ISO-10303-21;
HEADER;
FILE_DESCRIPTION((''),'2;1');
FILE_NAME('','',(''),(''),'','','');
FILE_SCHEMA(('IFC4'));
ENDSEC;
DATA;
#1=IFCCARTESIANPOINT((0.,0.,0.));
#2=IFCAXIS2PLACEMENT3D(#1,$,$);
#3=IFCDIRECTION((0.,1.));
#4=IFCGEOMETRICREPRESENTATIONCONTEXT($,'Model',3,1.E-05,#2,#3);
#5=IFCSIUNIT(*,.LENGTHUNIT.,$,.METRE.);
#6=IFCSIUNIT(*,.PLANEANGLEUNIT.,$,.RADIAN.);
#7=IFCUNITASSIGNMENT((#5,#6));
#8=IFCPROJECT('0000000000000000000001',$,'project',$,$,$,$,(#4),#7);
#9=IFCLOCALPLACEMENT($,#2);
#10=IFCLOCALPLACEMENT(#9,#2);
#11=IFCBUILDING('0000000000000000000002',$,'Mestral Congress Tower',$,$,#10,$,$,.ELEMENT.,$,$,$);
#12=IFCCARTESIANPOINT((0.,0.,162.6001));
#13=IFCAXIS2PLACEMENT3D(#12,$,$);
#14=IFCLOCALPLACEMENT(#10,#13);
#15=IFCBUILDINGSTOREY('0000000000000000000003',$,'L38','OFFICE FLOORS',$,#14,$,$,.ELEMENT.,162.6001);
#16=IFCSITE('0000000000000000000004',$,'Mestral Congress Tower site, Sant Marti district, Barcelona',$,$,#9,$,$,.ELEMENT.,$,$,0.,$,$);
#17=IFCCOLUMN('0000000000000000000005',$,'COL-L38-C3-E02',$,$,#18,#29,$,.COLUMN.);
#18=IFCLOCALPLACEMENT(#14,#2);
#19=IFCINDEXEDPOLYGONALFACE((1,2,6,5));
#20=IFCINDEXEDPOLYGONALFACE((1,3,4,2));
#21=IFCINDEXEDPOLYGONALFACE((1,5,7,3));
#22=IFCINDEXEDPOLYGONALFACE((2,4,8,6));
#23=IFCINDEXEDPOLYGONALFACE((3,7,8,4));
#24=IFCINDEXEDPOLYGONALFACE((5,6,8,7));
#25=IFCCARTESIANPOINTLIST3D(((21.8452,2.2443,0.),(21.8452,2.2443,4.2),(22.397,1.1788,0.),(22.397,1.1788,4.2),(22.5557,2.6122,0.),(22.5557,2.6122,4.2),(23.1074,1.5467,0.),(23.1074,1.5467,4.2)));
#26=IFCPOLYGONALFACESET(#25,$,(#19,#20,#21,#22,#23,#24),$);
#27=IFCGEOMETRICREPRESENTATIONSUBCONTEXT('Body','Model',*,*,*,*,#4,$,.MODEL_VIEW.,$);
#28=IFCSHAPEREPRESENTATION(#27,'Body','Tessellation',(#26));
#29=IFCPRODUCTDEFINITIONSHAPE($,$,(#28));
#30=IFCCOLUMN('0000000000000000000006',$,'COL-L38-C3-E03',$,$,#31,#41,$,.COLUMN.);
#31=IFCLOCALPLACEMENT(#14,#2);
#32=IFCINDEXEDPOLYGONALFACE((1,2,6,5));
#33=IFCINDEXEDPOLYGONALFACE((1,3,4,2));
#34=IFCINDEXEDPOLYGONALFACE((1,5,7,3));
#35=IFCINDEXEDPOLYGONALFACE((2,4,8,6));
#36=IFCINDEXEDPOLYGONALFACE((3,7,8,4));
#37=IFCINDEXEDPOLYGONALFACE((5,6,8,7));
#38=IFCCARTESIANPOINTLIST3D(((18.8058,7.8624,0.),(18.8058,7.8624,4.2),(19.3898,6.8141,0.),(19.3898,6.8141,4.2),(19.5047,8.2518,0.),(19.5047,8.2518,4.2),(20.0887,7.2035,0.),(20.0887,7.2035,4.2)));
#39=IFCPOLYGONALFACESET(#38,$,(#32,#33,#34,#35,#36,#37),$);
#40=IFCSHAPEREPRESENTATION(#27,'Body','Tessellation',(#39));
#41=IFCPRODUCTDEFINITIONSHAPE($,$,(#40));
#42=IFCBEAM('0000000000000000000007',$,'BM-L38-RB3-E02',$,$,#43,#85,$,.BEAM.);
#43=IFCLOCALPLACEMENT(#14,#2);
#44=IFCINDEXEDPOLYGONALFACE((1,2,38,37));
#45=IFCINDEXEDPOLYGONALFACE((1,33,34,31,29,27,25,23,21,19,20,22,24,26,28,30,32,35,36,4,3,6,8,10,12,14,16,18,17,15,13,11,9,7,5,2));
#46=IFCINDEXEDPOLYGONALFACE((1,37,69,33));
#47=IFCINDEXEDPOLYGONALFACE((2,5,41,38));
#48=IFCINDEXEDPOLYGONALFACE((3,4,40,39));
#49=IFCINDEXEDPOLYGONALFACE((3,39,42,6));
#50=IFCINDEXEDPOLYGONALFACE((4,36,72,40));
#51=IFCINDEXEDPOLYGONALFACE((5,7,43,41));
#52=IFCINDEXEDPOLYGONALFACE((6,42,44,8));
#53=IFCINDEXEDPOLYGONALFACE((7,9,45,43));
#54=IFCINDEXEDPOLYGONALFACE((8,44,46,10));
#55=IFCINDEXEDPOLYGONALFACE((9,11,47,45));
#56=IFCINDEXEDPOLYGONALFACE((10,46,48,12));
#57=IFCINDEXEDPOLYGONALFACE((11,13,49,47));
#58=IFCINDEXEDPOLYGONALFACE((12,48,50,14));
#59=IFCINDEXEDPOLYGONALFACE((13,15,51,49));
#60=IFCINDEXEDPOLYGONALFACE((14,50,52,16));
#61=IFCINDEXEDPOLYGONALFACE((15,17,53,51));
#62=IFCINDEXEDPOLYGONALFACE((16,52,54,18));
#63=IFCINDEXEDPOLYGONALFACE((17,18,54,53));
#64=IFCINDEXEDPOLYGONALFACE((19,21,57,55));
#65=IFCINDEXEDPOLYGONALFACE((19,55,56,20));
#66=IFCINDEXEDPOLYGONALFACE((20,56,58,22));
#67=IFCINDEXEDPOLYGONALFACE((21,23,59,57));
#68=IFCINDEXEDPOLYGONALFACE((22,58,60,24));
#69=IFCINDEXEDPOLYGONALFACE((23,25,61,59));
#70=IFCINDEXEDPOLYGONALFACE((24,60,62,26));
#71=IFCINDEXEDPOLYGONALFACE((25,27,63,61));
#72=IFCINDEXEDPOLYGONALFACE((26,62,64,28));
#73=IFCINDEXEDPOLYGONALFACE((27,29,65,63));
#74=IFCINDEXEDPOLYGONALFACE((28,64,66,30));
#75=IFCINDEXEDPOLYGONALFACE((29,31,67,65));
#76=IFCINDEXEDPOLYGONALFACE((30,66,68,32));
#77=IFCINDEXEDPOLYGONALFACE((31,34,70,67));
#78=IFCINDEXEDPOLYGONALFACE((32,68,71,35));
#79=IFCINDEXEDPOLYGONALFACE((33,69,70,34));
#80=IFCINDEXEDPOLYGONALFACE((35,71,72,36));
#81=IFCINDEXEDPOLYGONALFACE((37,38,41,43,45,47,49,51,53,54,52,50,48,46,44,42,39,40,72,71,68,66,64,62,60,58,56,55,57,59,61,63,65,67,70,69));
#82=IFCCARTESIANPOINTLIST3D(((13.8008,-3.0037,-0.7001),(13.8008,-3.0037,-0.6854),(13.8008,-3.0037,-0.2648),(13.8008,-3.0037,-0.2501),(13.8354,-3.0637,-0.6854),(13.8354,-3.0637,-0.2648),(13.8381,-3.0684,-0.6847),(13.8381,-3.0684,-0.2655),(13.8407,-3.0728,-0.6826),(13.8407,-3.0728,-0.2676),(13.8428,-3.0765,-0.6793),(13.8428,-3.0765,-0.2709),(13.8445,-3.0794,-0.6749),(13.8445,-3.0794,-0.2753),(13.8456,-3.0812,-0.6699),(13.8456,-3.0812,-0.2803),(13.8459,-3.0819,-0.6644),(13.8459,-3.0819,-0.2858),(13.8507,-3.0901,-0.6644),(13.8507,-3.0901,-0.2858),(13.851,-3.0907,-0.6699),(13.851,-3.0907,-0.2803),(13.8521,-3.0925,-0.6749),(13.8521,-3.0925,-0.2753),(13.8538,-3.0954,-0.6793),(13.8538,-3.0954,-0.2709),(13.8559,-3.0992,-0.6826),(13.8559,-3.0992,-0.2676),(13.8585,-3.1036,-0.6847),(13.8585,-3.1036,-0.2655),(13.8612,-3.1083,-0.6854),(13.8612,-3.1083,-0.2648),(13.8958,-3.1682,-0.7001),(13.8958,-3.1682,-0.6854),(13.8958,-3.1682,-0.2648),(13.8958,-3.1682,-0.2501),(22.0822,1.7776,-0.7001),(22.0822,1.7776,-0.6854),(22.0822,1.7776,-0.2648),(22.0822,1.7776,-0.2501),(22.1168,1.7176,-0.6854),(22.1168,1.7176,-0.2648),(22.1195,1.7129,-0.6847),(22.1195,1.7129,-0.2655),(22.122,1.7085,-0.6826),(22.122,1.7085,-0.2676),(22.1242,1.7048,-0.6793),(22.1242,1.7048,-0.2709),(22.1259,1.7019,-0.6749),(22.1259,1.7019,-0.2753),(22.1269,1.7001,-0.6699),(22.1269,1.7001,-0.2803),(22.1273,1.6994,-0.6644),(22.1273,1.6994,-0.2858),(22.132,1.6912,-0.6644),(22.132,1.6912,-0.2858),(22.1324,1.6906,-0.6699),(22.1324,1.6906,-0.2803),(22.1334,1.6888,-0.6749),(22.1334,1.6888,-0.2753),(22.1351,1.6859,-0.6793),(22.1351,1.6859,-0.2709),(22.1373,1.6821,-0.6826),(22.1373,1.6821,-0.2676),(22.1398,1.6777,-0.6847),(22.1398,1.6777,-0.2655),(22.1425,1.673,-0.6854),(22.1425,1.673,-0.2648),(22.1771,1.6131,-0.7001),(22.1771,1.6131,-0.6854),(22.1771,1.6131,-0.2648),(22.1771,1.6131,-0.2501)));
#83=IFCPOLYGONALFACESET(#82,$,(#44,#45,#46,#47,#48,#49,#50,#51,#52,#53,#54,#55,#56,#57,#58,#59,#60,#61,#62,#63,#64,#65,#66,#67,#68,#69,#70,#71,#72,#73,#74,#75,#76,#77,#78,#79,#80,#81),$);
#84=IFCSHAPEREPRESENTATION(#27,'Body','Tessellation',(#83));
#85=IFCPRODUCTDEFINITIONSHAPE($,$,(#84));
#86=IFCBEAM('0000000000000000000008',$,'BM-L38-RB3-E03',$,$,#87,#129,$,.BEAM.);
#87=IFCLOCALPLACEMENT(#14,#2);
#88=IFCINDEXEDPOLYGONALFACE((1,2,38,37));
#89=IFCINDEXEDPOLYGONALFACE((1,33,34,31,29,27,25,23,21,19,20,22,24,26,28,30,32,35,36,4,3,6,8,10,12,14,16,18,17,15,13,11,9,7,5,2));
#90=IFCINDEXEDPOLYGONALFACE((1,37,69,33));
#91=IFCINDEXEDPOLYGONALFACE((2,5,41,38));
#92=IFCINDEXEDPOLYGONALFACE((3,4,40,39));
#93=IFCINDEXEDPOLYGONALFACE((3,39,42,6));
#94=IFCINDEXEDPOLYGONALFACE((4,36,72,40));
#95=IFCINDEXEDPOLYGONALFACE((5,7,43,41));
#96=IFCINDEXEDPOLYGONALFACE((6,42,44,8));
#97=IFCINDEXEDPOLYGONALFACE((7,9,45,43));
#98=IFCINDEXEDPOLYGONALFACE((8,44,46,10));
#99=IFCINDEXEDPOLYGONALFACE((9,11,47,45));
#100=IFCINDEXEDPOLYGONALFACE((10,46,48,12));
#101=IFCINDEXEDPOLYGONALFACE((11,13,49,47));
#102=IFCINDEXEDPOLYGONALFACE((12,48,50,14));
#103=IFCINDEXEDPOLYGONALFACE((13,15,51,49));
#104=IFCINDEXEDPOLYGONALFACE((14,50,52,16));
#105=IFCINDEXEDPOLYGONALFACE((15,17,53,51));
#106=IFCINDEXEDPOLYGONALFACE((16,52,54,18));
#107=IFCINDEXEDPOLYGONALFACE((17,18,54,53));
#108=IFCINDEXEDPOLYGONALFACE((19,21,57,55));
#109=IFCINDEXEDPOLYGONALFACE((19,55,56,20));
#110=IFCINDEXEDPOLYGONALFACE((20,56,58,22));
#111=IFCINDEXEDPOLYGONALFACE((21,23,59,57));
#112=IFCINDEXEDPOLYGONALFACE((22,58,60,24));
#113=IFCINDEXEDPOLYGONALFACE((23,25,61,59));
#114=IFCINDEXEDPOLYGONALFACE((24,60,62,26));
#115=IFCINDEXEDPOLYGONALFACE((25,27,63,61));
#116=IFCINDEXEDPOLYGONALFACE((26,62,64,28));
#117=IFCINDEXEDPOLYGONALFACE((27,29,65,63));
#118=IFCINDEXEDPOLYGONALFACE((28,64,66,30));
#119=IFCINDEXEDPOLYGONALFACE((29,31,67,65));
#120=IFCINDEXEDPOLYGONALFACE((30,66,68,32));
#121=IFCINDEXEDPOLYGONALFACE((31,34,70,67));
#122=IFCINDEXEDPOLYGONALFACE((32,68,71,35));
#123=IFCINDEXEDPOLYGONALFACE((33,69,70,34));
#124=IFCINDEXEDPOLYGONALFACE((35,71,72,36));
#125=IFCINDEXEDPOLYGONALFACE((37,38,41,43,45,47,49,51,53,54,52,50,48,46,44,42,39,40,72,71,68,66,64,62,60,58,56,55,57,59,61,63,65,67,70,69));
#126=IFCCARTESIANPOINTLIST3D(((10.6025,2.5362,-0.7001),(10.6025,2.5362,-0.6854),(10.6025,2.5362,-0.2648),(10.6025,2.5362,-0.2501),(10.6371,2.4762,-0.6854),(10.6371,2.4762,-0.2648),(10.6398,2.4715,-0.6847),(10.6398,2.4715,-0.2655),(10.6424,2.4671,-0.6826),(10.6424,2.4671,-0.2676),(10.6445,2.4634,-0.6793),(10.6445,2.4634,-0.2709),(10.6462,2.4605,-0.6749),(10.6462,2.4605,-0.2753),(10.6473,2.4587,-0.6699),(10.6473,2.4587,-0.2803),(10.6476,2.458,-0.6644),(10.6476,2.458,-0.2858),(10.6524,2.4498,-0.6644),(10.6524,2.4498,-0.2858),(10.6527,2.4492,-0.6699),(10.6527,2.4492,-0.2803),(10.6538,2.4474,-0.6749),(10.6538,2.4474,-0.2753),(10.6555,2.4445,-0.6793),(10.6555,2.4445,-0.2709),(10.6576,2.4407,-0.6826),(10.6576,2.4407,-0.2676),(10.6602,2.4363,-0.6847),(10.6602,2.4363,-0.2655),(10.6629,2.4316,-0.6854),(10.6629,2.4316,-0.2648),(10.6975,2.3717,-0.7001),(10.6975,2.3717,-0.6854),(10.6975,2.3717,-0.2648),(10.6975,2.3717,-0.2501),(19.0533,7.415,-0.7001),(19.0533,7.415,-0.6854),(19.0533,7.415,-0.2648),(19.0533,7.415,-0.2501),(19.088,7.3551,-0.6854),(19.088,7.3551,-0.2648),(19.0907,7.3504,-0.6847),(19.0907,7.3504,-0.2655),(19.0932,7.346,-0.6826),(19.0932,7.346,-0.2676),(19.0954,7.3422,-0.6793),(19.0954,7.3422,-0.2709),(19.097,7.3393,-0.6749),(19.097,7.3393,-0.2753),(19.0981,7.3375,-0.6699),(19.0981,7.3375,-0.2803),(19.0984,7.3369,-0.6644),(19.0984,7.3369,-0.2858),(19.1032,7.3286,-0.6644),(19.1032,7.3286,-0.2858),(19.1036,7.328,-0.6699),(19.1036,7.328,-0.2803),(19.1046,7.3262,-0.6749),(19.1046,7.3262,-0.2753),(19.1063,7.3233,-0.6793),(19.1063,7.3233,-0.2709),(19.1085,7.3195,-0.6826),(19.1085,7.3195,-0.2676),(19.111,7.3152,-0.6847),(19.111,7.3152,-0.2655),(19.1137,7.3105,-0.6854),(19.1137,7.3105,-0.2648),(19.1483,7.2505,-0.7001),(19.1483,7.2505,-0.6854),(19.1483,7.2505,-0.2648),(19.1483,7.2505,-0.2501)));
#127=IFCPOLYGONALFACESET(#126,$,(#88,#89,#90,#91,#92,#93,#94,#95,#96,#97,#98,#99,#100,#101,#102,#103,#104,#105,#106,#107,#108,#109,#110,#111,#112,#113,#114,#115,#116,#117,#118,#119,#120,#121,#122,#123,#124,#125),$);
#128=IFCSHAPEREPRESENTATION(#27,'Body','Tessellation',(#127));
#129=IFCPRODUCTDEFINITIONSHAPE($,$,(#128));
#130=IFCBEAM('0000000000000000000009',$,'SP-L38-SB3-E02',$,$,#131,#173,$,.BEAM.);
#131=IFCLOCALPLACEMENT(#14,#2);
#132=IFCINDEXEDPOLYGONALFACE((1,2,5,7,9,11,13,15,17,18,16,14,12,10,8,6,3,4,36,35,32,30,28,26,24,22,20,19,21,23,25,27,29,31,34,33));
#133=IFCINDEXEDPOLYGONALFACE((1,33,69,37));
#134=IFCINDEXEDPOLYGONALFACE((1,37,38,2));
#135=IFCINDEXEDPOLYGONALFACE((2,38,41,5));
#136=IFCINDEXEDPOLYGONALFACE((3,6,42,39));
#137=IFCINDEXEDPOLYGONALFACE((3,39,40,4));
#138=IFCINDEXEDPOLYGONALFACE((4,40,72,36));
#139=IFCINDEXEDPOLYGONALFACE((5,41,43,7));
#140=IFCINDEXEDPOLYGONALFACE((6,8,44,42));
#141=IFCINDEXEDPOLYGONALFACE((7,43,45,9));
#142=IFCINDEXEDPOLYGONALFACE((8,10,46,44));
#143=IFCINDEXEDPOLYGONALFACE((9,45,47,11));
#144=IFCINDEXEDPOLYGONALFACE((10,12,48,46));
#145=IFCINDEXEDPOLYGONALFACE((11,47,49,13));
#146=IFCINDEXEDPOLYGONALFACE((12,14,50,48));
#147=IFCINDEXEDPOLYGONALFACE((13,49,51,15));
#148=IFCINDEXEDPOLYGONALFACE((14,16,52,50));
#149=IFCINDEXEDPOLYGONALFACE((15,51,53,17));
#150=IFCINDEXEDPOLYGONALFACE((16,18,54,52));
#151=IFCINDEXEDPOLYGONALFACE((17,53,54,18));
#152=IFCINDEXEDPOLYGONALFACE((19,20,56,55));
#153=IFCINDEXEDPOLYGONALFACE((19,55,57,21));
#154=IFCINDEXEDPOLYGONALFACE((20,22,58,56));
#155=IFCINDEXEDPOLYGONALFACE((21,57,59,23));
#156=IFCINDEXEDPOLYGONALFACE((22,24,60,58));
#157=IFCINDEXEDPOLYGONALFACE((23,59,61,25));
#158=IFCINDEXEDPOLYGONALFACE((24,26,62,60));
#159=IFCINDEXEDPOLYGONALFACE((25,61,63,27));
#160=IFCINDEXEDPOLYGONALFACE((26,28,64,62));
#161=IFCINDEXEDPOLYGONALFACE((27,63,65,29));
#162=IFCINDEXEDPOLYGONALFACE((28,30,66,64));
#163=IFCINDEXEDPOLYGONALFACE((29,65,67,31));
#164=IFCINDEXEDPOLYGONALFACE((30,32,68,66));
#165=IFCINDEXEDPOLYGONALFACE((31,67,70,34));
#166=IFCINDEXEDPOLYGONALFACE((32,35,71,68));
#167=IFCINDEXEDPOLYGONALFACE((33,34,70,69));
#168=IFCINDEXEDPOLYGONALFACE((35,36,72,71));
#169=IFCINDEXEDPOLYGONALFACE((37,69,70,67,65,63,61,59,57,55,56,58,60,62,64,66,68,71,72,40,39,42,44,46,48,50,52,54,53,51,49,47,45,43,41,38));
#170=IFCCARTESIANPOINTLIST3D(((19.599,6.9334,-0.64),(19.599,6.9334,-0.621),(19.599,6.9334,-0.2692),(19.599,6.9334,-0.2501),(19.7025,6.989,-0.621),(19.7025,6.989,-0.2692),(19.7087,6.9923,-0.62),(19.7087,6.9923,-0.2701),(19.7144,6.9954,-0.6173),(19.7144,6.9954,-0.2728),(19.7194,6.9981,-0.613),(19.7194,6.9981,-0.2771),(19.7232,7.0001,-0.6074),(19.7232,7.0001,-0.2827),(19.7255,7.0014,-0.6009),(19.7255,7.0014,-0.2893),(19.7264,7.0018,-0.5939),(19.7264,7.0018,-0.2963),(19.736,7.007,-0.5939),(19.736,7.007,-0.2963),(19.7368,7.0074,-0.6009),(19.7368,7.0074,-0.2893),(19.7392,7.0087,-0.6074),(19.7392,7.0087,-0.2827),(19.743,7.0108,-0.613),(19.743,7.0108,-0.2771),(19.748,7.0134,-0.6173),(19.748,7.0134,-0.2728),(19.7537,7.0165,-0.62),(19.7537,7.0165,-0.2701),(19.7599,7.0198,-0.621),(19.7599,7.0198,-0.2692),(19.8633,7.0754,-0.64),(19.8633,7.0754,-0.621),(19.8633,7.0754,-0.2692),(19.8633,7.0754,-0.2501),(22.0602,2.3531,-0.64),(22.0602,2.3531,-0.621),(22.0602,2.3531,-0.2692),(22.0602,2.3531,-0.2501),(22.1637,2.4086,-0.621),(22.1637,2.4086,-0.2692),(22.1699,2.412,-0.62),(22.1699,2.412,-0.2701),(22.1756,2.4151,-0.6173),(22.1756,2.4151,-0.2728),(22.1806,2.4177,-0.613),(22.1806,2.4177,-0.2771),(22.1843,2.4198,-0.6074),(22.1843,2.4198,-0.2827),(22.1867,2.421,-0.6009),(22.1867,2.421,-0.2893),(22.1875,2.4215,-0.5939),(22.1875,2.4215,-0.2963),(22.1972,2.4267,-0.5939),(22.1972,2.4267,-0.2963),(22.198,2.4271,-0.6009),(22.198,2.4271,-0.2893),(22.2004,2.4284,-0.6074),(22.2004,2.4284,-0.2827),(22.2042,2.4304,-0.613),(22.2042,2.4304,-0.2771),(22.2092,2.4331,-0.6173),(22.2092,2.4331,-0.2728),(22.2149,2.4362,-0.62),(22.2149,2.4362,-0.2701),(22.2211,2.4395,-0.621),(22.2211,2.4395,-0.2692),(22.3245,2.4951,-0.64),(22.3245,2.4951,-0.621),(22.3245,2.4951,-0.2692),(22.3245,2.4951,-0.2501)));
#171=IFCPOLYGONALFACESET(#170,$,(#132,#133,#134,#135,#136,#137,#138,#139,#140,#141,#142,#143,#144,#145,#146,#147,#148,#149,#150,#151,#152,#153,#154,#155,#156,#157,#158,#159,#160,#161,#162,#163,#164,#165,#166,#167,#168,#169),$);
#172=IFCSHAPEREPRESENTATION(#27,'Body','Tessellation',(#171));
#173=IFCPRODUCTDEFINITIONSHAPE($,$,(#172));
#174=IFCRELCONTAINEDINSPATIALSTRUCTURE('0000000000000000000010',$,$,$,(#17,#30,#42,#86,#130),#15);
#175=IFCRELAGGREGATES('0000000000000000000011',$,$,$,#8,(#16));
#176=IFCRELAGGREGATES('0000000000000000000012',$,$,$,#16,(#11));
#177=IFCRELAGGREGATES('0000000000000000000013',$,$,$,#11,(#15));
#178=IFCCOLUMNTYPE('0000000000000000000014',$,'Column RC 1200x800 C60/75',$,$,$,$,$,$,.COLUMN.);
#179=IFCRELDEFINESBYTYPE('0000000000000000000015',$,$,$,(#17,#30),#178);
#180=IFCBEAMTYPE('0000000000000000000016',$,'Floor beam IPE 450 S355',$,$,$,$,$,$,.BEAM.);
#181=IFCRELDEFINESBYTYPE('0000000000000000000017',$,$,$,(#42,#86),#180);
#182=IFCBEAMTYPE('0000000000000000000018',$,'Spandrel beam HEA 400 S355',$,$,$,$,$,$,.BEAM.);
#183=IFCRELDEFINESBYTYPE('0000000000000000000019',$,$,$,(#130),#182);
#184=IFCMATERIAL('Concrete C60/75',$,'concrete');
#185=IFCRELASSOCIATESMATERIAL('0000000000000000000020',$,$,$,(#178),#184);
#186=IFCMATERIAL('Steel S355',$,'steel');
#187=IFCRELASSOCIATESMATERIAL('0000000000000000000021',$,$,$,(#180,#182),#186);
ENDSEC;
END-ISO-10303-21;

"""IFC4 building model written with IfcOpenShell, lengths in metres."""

from ifc_helpers import new_model, si_unit, direction, frame, origin, origin_2d, place, context, subcontext, project, spatial, rectangle, i_section, extrude, material, material_profile, profile_set, type_object, element, save


model = new_model("IFC4")

# Units and contexts
model_context = context("Model", 3, precision=1e-05, world=origin(), true_north=direction((0.0, 1.0)))
body_context = subcontext(model_context, "Body", "Model", "MODEL_VIEW")
ifc_project = project(units=[si_unit("LENGTHUNIT", "METRE"), si_unit("PLANEANGLEUNIT", "RADIAN")], contexts=[model_context])

# Site, building, storey
site_placement = place(None, origin())
site = spatial("IfcSite", under=ifc_project, at=site_placement, Name="Mestral Congress Tower site, Sant Marti district, Barcelona", CompositionType="ELEMENT", RefElevation=0.0)
building_placement = place(site_placement, origin())
building = spatial("IfcBuilding", under=site, at=building_placement, Name="Mestral Congress Tower", CompositionType="ELEMENT")
storey_placement = place(building_placement, frame((0.0, 0.0, 162.6001)))
storey = spatial("IfcBuildingStorey", under=building, at=storey_placement, Name="L38", Description="OFFICE FLOORS", CompositionType="ELEMENT", Elevation=162.6001)

# Columns
ifc_material_1 = material(Name="Concrete C60/75", Category="concrete")
ifc_material_profile_1 = material_profile(ifc_material_1, rectangle(XDim=1.2, YDim=0.8, at=origin_2d()), Name="RC 1200x800")
ifc_profile_set_1 = profile_set([ifc_material_profile_1], Name="Concrete C60/75")
column_type = type_object("IfcColumnType", Name="Column RC 1200x800 C60/75", PredefinedType="COLUMN", material=ifc_profile_set_1)
for number, where, z_axis, x_axis, name in (
    (1, (22.4763, 1.8955, 0.0), (0.0, 0.0, 1.0), (-0.459837, 0.888003, 0.0), "COL-L38-C3-E02"),
    (2, (19.4473, 7.533, 0.0), (0.0, 0.0, 1.0), (-0.486724, 0.873556, 0.0), "COL-L38-C3-E03"),
):
    element("IfcColumn", number, at=place(storey_placement, frame(where, z_axis=z_axis, x_axis=x_axis)), inside=storey, type_object=column_type, Name=name, PredefinedType="COLUMN", context=body_context, shape_type="SweptSolid", body=[
        extrude(rectangle(XDim=1.2, YDim=0.8, at=origin_2d()), origin(), (0.0, 0.0, 1.0), 4.2),
    ])

# Beams
ifc_material_2 = material(Name="Steel S355", Category="steel")
ifc_material_profile_2 = material_profile(ifc_material_2, i_section(OverallWidth=0.1899, OverallDepth=0.45, WebThickness=0.0095, FlangeThickness=0.0146, FilletRadius=0.021, at=origin_2d()), Name="IPE 450")
ifc_profile_set_2 = profile_set([ifc_material_profile_2], Name="Steel S355")
beam_type_1 = type_object("IfcBeamType", Name="Floor beam IPE 450 S355", PredefinedType="BEAM", material=ifc_profile_set_2)
beam_1_placement = place(storey_placement, frame((22.1296, 1.6953, -0.4751), z_axis=(-0.866022, -0.500005, 0.0), x_axis=(0.500005, -0.866022, 0.0)))
element("IfcBeam", 3, at=beam_1_placement, inside=storey, type_object=beam_type_1, Name="BM-L38-RB3-E02", PredefinedType="BEAM", context=body_context, shape_type="SweptSolid", body=[
    extrude(i_section(OverallWidth=0.1899, OverallDepth=0.45, WebThickness=0.0095, FlangeThickness=0.0146, FilletRadius=0.021, at=origin_2d()), origin(), (0.0, 0.0, 1.0), 9.5625),
])
beam_2_placement = place(storey_placement, frame((19.1008, 7.3328, -0.4751), z_axis=(-0.866036, -0.499982, 0.0), x_axis=(0.499982, -0.866036, 0.0)))
element("IfcBeam", 4, at=beam_2_placement, inside=storey, type_object=beam_type_1, Name="BM-L38-RB3-E03", PredefinedType="BEAM", context=body_context, shape_type="SweptSolid", body=[
    extrude(i_section(OverallWidth=0.1899, OverallDepth=0.45, WebThickness=0.0095, FlangeThickness=0.0146, FilletRadius=0.021, at=origin_2d()), origin(), (0.0, 0.0, 1.0), 9.7581),
])
ifc_material_profile_3 = material_profile(ifc_material_2, i_section(OverallWidth=0.3, OverallDepth=0.3899, WebThickness=0.011, FlangeThickness=0.019, FilletRadius=0.0271, at=origin_2d()), Name="HEA 400")
ifc_profile_set_3 = profile_set([ifc_material_profile_3], Name="Steel S355")
beam_type_2 = type_object("IfcBeamType", Name="Spandrel beam HEA 400 S355", PredefinedType="BEAM", material=ifc_profile_set_3)
for number, where, z_axis, x_axis, name in (
    (5, (22.1924, 2.4241, -0.4451), (-0.473332, 0.880884, 0.0), (-0.880884, -0.473332, 0.0), "SP-L38-SB3-E02"),
):
    element("IfcBeam", number, at=place(storey_placement, frame(where, z_axis=z_axis, x_axis=x_axis)), inside=storey, type_object=beam_type_2, Name=name, PredefinedType="BEAM", context=body_context, shape_type="SweptSolid", body=[
        extrude(i_section(OverallWidth=0.3, OverallDepth=0.3899, WebThickness=0.011, FlangeThickness=0.019, FilletRadius=0.0271, at=origin_2d()), origin(), (0.0, 0.0, 1.0), 5.1997),
    ])

save(model, "model.ifc")
